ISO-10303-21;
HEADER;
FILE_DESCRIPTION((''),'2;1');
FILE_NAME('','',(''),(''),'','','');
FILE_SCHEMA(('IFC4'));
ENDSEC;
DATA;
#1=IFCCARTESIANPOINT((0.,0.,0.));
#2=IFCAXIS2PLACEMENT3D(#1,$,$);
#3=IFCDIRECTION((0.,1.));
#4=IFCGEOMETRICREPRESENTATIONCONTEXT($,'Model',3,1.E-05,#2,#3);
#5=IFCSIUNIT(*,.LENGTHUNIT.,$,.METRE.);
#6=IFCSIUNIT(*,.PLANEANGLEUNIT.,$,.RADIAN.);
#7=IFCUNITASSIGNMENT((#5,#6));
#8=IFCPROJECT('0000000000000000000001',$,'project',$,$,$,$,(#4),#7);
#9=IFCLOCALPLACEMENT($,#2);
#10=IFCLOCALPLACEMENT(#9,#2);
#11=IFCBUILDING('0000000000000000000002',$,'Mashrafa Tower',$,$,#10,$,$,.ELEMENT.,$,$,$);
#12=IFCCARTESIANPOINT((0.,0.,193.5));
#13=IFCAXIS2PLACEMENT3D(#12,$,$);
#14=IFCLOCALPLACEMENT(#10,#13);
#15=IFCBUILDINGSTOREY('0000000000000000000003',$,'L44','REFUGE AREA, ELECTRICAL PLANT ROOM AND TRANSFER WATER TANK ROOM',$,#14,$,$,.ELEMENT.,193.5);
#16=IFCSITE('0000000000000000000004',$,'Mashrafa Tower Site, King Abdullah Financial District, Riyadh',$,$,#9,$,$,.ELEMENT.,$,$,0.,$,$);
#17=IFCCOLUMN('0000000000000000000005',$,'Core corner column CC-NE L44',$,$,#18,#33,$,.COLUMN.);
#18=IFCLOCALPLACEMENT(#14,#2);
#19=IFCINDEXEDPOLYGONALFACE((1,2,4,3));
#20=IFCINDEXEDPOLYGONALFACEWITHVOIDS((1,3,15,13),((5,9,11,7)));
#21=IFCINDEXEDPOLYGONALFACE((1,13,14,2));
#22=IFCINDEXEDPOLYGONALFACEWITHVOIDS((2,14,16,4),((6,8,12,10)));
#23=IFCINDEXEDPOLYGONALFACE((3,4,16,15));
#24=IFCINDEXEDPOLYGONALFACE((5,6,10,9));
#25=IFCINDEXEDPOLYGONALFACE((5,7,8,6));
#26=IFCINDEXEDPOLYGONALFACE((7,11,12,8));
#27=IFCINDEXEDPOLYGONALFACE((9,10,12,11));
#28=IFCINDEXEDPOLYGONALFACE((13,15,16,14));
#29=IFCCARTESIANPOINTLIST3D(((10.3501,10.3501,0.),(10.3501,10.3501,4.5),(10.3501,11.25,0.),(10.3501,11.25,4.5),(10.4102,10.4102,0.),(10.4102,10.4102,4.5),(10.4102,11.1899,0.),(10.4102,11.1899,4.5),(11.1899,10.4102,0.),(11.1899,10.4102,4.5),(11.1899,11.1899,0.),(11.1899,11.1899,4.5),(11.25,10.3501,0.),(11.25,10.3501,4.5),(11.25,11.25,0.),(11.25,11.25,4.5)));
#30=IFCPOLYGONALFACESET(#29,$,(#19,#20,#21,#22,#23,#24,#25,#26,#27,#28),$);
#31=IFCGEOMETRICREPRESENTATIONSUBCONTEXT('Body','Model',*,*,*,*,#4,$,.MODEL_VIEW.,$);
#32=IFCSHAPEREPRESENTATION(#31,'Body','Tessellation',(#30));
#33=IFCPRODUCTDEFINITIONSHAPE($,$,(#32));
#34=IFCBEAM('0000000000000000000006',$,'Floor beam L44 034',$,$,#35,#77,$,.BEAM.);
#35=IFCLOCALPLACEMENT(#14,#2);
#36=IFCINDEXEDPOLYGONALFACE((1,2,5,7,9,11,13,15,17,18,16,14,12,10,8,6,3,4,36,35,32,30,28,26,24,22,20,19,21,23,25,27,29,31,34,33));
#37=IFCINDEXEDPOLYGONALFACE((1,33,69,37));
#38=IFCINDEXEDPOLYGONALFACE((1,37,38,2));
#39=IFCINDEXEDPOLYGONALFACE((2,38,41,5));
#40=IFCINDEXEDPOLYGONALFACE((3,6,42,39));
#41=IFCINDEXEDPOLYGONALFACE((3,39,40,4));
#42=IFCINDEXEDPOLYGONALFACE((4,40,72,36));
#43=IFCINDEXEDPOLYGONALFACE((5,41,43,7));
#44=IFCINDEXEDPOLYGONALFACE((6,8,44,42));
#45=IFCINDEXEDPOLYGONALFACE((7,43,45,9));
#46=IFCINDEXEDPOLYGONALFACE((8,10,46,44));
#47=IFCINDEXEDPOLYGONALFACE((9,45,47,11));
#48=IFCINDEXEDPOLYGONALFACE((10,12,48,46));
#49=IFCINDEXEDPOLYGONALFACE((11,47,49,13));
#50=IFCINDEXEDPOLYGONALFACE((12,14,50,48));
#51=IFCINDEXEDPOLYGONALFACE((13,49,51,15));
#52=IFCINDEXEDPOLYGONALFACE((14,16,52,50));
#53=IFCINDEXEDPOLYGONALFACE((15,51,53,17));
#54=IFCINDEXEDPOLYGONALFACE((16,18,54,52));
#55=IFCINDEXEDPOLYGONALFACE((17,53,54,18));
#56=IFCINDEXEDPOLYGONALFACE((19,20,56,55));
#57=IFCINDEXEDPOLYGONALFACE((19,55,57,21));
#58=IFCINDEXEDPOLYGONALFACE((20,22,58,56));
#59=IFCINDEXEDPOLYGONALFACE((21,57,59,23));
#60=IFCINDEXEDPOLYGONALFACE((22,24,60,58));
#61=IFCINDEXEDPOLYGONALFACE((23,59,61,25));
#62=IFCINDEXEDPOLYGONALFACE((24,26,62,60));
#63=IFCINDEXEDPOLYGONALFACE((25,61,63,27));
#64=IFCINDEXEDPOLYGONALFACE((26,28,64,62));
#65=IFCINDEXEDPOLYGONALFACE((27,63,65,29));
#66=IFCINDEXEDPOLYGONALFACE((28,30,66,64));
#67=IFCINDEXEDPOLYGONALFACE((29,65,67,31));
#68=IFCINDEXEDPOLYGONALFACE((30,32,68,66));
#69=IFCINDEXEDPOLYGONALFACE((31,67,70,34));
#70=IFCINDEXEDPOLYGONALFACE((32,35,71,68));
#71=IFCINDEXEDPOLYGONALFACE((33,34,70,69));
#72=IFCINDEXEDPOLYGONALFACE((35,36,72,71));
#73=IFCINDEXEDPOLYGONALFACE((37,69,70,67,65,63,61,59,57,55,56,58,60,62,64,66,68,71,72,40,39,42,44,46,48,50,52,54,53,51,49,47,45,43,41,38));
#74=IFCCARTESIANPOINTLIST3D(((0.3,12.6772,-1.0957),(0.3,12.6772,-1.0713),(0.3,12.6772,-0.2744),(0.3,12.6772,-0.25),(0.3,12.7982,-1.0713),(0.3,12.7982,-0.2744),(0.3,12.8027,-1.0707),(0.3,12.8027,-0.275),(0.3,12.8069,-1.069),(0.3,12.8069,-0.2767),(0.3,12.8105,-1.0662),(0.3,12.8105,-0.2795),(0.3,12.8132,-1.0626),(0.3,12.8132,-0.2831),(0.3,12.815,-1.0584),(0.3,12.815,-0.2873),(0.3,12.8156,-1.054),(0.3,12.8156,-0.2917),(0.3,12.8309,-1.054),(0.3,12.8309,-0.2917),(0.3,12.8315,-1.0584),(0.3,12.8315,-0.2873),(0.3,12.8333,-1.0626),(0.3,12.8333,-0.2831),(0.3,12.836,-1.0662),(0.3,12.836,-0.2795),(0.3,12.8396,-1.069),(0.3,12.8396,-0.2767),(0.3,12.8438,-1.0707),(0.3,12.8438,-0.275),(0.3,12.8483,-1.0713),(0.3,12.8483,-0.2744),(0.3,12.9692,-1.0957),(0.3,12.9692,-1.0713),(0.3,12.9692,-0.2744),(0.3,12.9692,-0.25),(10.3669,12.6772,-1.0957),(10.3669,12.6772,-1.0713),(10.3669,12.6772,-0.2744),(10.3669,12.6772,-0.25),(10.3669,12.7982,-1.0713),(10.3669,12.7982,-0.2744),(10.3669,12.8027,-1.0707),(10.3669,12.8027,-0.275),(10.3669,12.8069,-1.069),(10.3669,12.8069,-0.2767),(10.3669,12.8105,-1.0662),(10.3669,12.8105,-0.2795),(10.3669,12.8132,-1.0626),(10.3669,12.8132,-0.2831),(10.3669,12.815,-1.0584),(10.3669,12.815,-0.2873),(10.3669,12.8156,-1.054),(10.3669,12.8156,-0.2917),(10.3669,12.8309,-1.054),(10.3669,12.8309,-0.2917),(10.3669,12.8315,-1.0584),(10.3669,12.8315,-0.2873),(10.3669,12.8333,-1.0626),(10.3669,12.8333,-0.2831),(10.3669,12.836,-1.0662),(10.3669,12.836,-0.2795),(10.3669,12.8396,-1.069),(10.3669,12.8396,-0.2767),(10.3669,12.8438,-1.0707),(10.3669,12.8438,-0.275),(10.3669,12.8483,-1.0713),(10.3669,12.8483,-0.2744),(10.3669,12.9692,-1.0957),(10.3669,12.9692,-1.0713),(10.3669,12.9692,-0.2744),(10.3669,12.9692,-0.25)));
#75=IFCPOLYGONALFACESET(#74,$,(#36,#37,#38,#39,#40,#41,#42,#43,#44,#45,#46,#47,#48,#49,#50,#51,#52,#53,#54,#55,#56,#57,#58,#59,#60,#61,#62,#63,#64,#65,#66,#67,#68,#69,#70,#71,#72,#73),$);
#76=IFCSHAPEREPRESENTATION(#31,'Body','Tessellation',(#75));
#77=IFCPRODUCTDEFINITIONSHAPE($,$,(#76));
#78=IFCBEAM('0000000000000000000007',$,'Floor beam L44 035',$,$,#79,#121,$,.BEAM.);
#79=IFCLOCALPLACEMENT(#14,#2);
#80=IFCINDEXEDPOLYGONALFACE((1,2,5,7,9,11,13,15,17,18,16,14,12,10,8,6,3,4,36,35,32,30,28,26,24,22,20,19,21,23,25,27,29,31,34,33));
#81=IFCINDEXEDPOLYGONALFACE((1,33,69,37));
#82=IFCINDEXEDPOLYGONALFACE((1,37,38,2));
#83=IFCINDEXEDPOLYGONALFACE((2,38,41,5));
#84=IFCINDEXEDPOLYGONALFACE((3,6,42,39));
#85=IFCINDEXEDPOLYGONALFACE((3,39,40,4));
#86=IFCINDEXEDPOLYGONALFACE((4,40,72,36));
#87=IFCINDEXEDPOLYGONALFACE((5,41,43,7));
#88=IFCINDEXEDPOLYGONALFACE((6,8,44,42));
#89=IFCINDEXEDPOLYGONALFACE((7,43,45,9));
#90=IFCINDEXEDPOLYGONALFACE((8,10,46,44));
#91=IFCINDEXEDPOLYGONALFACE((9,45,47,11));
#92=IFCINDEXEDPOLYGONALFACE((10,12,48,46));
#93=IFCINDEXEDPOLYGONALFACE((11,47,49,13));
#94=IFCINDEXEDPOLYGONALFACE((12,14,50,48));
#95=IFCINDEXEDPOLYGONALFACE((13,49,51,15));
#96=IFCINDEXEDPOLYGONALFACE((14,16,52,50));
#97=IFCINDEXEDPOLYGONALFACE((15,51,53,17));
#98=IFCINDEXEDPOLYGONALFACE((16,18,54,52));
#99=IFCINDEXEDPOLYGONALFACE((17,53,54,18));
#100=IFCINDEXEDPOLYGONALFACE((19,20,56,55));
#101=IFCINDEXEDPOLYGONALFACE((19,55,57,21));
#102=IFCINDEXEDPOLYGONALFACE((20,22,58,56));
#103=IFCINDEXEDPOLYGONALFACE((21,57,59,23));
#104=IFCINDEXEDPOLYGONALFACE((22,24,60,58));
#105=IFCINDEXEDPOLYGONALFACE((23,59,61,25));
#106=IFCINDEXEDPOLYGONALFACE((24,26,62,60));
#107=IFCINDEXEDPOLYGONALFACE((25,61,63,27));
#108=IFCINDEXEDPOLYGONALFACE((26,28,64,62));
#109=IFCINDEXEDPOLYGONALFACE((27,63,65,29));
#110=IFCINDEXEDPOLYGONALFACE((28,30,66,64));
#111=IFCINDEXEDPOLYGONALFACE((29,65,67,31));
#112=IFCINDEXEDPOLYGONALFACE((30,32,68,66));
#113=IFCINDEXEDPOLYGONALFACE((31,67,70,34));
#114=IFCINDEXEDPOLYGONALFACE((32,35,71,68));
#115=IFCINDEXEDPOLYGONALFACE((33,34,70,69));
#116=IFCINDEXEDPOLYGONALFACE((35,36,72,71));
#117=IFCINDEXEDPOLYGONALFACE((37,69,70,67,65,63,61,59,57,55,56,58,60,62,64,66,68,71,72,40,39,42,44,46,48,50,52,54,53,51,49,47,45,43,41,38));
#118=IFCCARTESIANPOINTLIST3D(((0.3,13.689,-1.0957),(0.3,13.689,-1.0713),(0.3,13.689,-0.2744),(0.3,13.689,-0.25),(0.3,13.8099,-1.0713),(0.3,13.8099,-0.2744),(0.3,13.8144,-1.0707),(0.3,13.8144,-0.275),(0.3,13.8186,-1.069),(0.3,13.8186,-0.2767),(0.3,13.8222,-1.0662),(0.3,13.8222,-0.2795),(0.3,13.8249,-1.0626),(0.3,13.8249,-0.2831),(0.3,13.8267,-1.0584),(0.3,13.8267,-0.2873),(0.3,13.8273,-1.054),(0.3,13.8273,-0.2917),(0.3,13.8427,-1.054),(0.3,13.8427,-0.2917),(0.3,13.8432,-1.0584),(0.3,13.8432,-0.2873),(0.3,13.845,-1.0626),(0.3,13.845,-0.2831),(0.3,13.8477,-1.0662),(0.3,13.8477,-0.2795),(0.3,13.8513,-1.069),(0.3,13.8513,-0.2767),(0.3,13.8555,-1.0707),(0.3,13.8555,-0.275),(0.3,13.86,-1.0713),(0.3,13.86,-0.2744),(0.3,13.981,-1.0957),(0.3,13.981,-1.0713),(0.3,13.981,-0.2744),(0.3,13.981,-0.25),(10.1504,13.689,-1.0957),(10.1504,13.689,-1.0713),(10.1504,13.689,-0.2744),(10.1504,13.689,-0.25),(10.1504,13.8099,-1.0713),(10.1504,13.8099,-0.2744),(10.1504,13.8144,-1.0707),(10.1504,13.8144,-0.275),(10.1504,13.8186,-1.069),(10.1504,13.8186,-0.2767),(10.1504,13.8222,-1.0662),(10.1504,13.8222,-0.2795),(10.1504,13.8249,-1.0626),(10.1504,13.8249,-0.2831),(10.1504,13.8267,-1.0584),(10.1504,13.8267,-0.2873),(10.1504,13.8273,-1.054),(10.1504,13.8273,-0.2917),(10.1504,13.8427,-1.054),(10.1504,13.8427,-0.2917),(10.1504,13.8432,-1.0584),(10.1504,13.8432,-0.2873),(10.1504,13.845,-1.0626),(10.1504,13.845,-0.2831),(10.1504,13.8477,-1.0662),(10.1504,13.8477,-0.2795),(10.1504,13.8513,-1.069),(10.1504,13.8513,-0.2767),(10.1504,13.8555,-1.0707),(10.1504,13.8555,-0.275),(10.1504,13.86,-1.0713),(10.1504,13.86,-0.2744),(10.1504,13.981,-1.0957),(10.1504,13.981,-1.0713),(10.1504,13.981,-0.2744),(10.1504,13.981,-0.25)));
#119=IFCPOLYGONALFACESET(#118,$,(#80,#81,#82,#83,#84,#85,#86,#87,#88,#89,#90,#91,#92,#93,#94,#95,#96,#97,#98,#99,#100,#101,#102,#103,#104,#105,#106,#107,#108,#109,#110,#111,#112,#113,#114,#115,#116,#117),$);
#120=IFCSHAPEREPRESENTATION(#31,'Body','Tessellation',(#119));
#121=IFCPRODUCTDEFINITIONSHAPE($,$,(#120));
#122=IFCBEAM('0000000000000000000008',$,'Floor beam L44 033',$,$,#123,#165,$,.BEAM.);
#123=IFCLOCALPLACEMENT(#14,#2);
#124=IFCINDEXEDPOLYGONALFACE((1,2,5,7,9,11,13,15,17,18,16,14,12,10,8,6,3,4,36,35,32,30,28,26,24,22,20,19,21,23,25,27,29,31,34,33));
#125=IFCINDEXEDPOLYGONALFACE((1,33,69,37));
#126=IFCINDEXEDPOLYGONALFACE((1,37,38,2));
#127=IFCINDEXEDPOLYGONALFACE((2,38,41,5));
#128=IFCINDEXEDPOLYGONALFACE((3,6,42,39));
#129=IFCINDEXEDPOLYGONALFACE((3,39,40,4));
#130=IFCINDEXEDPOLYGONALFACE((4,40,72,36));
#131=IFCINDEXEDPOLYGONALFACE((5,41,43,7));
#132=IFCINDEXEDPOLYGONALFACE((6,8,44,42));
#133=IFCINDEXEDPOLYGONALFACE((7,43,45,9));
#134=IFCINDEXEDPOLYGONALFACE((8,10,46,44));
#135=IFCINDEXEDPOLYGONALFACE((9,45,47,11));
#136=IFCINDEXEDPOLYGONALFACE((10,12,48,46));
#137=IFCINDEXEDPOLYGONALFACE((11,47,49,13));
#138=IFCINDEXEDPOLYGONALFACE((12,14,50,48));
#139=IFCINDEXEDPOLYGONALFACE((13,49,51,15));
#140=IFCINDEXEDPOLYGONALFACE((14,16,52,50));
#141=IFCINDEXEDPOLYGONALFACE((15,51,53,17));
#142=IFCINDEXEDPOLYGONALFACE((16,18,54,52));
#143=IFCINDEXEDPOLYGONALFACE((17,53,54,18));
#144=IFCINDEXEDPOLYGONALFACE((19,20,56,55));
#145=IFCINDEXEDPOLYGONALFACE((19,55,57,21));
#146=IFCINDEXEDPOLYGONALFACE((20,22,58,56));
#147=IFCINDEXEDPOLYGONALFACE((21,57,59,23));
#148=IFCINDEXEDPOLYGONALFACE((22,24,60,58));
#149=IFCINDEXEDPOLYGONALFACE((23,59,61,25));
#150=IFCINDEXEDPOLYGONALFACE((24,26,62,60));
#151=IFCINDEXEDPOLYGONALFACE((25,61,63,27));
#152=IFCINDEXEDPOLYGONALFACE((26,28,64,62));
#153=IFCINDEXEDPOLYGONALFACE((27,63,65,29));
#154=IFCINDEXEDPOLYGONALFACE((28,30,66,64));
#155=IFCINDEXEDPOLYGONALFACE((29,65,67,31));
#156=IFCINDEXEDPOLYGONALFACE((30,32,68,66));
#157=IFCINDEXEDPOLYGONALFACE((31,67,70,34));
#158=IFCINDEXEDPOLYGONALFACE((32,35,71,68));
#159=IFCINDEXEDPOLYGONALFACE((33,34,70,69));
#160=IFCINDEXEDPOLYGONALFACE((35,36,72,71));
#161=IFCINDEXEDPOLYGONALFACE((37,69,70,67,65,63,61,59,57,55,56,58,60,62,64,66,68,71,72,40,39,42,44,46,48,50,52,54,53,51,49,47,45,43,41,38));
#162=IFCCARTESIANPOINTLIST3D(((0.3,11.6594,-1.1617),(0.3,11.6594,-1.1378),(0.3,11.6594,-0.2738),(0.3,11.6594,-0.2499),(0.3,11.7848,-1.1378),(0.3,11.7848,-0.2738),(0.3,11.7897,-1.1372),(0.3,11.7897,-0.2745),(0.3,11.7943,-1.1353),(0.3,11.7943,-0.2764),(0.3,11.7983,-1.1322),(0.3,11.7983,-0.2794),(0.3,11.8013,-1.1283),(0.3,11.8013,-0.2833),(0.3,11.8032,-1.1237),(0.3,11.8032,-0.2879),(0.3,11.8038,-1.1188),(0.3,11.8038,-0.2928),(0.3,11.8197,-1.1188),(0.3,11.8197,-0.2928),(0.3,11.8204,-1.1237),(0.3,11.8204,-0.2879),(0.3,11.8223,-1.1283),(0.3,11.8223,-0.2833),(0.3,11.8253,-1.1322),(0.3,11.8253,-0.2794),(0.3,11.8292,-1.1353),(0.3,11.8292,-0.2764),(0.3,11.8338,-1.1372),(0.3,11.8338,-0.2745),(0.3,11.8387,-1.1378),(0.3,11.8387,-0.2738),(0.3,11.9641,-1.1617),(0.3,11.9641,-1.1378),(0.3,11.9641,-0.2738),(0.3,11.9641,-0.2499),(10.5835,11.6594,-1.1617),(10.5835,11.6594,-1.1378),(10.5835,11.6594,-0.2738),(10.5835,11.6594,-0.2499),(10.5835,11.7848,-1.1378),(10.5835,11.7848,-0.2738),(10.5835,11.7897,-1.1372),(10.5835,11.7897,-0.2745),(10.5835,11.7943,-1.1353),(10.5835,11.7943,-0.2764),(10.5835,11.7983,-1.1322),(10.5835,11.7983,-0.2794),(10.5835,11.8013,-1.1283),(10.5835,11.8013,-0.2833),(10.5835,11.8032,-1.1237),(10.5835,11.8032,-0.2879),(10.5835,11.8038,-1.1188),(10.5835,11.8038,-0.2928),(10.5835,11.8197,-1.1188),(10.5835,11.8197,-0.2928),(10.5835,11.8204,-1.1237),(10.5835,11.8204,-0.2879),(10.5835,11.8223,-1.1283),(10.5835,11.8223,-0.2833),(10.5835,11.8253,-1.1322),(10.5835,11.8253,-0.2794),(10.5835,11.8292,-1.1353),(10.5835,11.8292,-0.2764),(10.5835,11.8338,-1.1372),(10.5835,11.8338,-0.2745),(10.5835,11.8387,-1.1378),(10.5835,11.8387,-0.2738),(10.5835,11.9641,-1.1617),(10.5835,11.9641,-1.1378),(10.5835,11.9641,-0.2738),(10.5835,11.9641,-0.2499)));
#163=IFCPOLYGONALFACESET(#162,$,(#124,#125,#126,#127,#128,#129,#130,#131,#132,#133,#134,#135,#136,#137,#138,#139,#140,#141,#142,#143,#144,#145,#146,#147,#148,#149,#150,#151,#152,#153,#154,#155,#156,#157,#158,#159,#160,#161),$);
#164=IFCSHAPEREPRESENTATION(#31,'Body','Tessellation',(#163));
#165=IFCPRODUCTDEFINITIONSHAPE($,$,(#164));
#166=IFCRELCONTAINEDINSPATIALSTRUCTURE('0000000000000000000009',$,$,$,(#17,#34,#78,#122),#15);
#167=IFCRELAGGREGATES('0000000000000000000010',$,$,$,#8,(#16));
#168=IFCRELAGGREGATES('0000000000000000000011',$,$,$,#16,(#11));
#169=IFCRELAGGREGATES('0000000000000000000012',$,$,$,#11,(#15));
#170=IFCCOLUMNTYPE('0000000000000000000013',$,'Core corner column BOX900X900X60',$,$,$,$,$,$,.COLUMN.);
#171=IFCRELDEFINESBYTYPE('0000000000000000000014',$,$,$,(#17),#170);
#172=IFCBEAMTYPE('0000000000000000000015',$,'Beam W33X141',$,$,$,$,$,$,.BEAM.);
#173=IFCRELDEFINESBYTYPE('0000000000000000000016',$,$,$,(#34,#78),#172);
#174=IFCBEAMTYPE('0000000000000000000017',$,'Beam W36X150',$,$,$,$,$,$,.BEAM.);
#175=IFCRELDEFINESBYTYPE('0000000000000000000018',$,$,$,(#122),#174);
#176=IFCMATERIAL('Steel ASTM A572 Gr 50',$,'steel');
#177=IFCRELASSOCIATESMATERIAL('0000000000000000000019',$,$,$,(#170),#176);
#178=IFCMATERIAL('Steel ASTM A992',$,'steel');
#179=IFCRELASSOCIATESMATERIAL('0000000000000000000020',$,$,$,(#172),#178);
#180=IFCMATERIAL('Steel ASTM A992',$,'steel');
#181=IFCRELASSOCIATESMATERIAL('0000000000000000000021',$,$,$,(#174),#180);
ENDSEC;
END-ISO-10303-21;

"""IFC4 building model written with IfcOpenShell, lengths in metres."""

from ifc_helpers import new_model, si_unit, direction, frame, origin, origin_2d, place, context, subcontext, project, spatial, hollow_rectangle, i_section, extrude, material, material_profile, profile_set, type_object, element, save


model = new_model("IFC4")

# Units and contexts
model_context = context("Model", 3, precision=1e-05, world=origin(), true_north=direction((0.0, 1.0)))
body_context = subcontext(model_context, "Body", "Model", "MODEL_VIEW")
ifc_project = project(units=[si_unit("LENGTHUNIT", "METRE"), si_unit("PLANEANGLEUNIT", "RADIAN")], contexts=[model_context])

# Site, building, storey
site_placement = place(None, origin())
site = spatial("IfcSite", under=ifc_project, at=site_placement, Name="Mashrafa Tower Site, King Abdullah Financial District, Riyadh", CompositionType="ELEMENT", RefElevation=0.0)
building_placement = place(site_placement, origin())
building = spatial("IfcBuilding", under=site, at=building_placement, Name="Mashrafa Tower", CompositionType="ELEMENT")
storey_placement = place(building_placement, frame((0.0, 0.0, 193.5)))
storey = spatial("IfcBuildingStorey", under=building, at=storey_placement, Name="L44", Description="REFUGE AREA, ELECTRICAL PLANT ROOM AND TRANSFER WATER TANK ROOM", CompositionType="ELEMENT", Elevation=193.5)

# Column
ifc_material_1 = material(Name="Steel ASTM A572 Gr 50", Category="steel")
ifc_material_profile_1 = material_profile(ifc_material_1, hollow_rectangle(XDim=0.8999, YDim=0.8999, WallThickness=0.0601, at=origin_2d()), Name="BOX900X900X60")
ifc_profile_set_1 = profile_set([ifc_material_profile_1], Name="Steel ASTM A572 Gr 50")
column_type = type_object("IfcColumnType", Name="Core corner column BOX900X900X60", PredefinedType="COLUMN", material=ifc_profile_set_1)
column_placement = place(storey_placement, frame((10.8, 10.8, 0.0), z_axis=(0.0, 0.0, 1.0), x_axis=(1.0, 0.0, 0.0)))
element("IfcColumn", 1, at=column_placement, inside=storey, type_object=column_type, Name="Core corner column CC-NE L44", PredefinedType="COLUMN", context=body_context, shape_type="SweptSolid", body=[
    extrude(hollow_rectangle(XDim=0.8999, YDim=0.8999, WallThickness=0.0601, at=origin_2d()), origin(), (0.0, 0.0, 1.0), 4.5),
])

# Beams
ifc_material_2 = material(Name="Steel ASTM A992", Category="steel")
ifc_material_profile_2 = material_profile(ifc_material_2, i_section(OverallWidth=0.292, OverallDepth=0.8457, WebThickness=0.0154, FlangeThickness=0.0244, FilletRadius=0.0173, at=origin_2d()), Name="W33X141")
ifc_profile_set_2 = profile_set([ifc_material_profile_2], Name="Steel ASTM A992")
beam_type_1 = type_object("IfcBeamType", Name="Beam W33X141", PredefinedType="BEAM", material=ifc_profile_set_2)
beam_1_placement = place(storey_placement, frame((0.3, 12.8232, -0.6729), z_axis=(1.0, 0.0, 0.0), x_axis=(0.0, 1.0, 0.0)))
element("IfcBeam", 2, at=beam_1_placement, inside=storey, type_object=beam_type_1, Name="Floor beam L44 034", PredefinedType="BEAM", context=body_context, shape_type="SweptSolid", body=[
    extrude(i_section(OverallWidth=0.292, OverallDepth=0.8457, WebThickness=0.0154, FlangeThickness=0.0244, FilletRadius=0.0173, at=origin_2d()), origin(), (0.0, 0.0, 1.0), 10.0669),
])
beam_2_placement = place(storey_placement, frame((0.3, 13.835, -0.6729), z_axis=(1.0, 0.0, 0.0), x_axis=(0.0, 1.0, 0.0)))
element("IfcBeam", 3, at=beam_2_placement, inside=storey, type_object=beam_type_1, Name="Floor beam L44 035", PredefinedType="BEAM", context=body_context, shape_type="SweptSolid", body=[
    extrude(i_section(OverallWidth=0.292, OverallDepth=0.8457, WebThickness=0.0154, FlangeThickness=0.0244, FilletRadius=0.0173, at=origin_2d()), origin(), (0.0, 0.0, 1.0), 9.8503),
])
ifc_material_3 = material(Name="Steel ASTM A992", Category="steel")
ifc_material_profile_3 = material_profile(ifc_material_3, i_section(OverallWidth=0.3047, OverallDepth=0.9119, WebThickness=0.0159, FlangeThickness=0.0239, FilletRadius=0.019, at=origin_2d()), Name="W36X150")
ifc_profile_set_3 = profile_set([ifc_material_profile_3], Name="Steel ASTM A992")
beam_type_2 = type_object("IfcBeamType", Name="Beam W36X150", PredefinedType="BEAM", material=ifc_profile_set_3)
for number, where, z_axis, x_axis, name in (
    (4, (0.3, 11.8118, -0.7058), (1.0, 0.0, 0.0), (0.0, 1.0, 0.0), "Floor beam L44 033"),
):
    element("IfcBeam", number, at=place(storey_placement, frame(where, z_axis=z_axis, x_axis=x_axis)), inside=storey, type_object=beam_type_2, Name=name, PredefinedType="BEAM", context=body_context, shape_type="SweptSolid", body=[
        extrude(i_section(OverallWidth=0.3047, OverallDepth=0.9119, WebThickness=0.0159, FlangeThickness=0.0239, FilletRadius=0.019, at=origin_2d()), origin(), (0.0, 0.0, 1.0), 10.2834),
    ])

save(model, "model.ifc")
